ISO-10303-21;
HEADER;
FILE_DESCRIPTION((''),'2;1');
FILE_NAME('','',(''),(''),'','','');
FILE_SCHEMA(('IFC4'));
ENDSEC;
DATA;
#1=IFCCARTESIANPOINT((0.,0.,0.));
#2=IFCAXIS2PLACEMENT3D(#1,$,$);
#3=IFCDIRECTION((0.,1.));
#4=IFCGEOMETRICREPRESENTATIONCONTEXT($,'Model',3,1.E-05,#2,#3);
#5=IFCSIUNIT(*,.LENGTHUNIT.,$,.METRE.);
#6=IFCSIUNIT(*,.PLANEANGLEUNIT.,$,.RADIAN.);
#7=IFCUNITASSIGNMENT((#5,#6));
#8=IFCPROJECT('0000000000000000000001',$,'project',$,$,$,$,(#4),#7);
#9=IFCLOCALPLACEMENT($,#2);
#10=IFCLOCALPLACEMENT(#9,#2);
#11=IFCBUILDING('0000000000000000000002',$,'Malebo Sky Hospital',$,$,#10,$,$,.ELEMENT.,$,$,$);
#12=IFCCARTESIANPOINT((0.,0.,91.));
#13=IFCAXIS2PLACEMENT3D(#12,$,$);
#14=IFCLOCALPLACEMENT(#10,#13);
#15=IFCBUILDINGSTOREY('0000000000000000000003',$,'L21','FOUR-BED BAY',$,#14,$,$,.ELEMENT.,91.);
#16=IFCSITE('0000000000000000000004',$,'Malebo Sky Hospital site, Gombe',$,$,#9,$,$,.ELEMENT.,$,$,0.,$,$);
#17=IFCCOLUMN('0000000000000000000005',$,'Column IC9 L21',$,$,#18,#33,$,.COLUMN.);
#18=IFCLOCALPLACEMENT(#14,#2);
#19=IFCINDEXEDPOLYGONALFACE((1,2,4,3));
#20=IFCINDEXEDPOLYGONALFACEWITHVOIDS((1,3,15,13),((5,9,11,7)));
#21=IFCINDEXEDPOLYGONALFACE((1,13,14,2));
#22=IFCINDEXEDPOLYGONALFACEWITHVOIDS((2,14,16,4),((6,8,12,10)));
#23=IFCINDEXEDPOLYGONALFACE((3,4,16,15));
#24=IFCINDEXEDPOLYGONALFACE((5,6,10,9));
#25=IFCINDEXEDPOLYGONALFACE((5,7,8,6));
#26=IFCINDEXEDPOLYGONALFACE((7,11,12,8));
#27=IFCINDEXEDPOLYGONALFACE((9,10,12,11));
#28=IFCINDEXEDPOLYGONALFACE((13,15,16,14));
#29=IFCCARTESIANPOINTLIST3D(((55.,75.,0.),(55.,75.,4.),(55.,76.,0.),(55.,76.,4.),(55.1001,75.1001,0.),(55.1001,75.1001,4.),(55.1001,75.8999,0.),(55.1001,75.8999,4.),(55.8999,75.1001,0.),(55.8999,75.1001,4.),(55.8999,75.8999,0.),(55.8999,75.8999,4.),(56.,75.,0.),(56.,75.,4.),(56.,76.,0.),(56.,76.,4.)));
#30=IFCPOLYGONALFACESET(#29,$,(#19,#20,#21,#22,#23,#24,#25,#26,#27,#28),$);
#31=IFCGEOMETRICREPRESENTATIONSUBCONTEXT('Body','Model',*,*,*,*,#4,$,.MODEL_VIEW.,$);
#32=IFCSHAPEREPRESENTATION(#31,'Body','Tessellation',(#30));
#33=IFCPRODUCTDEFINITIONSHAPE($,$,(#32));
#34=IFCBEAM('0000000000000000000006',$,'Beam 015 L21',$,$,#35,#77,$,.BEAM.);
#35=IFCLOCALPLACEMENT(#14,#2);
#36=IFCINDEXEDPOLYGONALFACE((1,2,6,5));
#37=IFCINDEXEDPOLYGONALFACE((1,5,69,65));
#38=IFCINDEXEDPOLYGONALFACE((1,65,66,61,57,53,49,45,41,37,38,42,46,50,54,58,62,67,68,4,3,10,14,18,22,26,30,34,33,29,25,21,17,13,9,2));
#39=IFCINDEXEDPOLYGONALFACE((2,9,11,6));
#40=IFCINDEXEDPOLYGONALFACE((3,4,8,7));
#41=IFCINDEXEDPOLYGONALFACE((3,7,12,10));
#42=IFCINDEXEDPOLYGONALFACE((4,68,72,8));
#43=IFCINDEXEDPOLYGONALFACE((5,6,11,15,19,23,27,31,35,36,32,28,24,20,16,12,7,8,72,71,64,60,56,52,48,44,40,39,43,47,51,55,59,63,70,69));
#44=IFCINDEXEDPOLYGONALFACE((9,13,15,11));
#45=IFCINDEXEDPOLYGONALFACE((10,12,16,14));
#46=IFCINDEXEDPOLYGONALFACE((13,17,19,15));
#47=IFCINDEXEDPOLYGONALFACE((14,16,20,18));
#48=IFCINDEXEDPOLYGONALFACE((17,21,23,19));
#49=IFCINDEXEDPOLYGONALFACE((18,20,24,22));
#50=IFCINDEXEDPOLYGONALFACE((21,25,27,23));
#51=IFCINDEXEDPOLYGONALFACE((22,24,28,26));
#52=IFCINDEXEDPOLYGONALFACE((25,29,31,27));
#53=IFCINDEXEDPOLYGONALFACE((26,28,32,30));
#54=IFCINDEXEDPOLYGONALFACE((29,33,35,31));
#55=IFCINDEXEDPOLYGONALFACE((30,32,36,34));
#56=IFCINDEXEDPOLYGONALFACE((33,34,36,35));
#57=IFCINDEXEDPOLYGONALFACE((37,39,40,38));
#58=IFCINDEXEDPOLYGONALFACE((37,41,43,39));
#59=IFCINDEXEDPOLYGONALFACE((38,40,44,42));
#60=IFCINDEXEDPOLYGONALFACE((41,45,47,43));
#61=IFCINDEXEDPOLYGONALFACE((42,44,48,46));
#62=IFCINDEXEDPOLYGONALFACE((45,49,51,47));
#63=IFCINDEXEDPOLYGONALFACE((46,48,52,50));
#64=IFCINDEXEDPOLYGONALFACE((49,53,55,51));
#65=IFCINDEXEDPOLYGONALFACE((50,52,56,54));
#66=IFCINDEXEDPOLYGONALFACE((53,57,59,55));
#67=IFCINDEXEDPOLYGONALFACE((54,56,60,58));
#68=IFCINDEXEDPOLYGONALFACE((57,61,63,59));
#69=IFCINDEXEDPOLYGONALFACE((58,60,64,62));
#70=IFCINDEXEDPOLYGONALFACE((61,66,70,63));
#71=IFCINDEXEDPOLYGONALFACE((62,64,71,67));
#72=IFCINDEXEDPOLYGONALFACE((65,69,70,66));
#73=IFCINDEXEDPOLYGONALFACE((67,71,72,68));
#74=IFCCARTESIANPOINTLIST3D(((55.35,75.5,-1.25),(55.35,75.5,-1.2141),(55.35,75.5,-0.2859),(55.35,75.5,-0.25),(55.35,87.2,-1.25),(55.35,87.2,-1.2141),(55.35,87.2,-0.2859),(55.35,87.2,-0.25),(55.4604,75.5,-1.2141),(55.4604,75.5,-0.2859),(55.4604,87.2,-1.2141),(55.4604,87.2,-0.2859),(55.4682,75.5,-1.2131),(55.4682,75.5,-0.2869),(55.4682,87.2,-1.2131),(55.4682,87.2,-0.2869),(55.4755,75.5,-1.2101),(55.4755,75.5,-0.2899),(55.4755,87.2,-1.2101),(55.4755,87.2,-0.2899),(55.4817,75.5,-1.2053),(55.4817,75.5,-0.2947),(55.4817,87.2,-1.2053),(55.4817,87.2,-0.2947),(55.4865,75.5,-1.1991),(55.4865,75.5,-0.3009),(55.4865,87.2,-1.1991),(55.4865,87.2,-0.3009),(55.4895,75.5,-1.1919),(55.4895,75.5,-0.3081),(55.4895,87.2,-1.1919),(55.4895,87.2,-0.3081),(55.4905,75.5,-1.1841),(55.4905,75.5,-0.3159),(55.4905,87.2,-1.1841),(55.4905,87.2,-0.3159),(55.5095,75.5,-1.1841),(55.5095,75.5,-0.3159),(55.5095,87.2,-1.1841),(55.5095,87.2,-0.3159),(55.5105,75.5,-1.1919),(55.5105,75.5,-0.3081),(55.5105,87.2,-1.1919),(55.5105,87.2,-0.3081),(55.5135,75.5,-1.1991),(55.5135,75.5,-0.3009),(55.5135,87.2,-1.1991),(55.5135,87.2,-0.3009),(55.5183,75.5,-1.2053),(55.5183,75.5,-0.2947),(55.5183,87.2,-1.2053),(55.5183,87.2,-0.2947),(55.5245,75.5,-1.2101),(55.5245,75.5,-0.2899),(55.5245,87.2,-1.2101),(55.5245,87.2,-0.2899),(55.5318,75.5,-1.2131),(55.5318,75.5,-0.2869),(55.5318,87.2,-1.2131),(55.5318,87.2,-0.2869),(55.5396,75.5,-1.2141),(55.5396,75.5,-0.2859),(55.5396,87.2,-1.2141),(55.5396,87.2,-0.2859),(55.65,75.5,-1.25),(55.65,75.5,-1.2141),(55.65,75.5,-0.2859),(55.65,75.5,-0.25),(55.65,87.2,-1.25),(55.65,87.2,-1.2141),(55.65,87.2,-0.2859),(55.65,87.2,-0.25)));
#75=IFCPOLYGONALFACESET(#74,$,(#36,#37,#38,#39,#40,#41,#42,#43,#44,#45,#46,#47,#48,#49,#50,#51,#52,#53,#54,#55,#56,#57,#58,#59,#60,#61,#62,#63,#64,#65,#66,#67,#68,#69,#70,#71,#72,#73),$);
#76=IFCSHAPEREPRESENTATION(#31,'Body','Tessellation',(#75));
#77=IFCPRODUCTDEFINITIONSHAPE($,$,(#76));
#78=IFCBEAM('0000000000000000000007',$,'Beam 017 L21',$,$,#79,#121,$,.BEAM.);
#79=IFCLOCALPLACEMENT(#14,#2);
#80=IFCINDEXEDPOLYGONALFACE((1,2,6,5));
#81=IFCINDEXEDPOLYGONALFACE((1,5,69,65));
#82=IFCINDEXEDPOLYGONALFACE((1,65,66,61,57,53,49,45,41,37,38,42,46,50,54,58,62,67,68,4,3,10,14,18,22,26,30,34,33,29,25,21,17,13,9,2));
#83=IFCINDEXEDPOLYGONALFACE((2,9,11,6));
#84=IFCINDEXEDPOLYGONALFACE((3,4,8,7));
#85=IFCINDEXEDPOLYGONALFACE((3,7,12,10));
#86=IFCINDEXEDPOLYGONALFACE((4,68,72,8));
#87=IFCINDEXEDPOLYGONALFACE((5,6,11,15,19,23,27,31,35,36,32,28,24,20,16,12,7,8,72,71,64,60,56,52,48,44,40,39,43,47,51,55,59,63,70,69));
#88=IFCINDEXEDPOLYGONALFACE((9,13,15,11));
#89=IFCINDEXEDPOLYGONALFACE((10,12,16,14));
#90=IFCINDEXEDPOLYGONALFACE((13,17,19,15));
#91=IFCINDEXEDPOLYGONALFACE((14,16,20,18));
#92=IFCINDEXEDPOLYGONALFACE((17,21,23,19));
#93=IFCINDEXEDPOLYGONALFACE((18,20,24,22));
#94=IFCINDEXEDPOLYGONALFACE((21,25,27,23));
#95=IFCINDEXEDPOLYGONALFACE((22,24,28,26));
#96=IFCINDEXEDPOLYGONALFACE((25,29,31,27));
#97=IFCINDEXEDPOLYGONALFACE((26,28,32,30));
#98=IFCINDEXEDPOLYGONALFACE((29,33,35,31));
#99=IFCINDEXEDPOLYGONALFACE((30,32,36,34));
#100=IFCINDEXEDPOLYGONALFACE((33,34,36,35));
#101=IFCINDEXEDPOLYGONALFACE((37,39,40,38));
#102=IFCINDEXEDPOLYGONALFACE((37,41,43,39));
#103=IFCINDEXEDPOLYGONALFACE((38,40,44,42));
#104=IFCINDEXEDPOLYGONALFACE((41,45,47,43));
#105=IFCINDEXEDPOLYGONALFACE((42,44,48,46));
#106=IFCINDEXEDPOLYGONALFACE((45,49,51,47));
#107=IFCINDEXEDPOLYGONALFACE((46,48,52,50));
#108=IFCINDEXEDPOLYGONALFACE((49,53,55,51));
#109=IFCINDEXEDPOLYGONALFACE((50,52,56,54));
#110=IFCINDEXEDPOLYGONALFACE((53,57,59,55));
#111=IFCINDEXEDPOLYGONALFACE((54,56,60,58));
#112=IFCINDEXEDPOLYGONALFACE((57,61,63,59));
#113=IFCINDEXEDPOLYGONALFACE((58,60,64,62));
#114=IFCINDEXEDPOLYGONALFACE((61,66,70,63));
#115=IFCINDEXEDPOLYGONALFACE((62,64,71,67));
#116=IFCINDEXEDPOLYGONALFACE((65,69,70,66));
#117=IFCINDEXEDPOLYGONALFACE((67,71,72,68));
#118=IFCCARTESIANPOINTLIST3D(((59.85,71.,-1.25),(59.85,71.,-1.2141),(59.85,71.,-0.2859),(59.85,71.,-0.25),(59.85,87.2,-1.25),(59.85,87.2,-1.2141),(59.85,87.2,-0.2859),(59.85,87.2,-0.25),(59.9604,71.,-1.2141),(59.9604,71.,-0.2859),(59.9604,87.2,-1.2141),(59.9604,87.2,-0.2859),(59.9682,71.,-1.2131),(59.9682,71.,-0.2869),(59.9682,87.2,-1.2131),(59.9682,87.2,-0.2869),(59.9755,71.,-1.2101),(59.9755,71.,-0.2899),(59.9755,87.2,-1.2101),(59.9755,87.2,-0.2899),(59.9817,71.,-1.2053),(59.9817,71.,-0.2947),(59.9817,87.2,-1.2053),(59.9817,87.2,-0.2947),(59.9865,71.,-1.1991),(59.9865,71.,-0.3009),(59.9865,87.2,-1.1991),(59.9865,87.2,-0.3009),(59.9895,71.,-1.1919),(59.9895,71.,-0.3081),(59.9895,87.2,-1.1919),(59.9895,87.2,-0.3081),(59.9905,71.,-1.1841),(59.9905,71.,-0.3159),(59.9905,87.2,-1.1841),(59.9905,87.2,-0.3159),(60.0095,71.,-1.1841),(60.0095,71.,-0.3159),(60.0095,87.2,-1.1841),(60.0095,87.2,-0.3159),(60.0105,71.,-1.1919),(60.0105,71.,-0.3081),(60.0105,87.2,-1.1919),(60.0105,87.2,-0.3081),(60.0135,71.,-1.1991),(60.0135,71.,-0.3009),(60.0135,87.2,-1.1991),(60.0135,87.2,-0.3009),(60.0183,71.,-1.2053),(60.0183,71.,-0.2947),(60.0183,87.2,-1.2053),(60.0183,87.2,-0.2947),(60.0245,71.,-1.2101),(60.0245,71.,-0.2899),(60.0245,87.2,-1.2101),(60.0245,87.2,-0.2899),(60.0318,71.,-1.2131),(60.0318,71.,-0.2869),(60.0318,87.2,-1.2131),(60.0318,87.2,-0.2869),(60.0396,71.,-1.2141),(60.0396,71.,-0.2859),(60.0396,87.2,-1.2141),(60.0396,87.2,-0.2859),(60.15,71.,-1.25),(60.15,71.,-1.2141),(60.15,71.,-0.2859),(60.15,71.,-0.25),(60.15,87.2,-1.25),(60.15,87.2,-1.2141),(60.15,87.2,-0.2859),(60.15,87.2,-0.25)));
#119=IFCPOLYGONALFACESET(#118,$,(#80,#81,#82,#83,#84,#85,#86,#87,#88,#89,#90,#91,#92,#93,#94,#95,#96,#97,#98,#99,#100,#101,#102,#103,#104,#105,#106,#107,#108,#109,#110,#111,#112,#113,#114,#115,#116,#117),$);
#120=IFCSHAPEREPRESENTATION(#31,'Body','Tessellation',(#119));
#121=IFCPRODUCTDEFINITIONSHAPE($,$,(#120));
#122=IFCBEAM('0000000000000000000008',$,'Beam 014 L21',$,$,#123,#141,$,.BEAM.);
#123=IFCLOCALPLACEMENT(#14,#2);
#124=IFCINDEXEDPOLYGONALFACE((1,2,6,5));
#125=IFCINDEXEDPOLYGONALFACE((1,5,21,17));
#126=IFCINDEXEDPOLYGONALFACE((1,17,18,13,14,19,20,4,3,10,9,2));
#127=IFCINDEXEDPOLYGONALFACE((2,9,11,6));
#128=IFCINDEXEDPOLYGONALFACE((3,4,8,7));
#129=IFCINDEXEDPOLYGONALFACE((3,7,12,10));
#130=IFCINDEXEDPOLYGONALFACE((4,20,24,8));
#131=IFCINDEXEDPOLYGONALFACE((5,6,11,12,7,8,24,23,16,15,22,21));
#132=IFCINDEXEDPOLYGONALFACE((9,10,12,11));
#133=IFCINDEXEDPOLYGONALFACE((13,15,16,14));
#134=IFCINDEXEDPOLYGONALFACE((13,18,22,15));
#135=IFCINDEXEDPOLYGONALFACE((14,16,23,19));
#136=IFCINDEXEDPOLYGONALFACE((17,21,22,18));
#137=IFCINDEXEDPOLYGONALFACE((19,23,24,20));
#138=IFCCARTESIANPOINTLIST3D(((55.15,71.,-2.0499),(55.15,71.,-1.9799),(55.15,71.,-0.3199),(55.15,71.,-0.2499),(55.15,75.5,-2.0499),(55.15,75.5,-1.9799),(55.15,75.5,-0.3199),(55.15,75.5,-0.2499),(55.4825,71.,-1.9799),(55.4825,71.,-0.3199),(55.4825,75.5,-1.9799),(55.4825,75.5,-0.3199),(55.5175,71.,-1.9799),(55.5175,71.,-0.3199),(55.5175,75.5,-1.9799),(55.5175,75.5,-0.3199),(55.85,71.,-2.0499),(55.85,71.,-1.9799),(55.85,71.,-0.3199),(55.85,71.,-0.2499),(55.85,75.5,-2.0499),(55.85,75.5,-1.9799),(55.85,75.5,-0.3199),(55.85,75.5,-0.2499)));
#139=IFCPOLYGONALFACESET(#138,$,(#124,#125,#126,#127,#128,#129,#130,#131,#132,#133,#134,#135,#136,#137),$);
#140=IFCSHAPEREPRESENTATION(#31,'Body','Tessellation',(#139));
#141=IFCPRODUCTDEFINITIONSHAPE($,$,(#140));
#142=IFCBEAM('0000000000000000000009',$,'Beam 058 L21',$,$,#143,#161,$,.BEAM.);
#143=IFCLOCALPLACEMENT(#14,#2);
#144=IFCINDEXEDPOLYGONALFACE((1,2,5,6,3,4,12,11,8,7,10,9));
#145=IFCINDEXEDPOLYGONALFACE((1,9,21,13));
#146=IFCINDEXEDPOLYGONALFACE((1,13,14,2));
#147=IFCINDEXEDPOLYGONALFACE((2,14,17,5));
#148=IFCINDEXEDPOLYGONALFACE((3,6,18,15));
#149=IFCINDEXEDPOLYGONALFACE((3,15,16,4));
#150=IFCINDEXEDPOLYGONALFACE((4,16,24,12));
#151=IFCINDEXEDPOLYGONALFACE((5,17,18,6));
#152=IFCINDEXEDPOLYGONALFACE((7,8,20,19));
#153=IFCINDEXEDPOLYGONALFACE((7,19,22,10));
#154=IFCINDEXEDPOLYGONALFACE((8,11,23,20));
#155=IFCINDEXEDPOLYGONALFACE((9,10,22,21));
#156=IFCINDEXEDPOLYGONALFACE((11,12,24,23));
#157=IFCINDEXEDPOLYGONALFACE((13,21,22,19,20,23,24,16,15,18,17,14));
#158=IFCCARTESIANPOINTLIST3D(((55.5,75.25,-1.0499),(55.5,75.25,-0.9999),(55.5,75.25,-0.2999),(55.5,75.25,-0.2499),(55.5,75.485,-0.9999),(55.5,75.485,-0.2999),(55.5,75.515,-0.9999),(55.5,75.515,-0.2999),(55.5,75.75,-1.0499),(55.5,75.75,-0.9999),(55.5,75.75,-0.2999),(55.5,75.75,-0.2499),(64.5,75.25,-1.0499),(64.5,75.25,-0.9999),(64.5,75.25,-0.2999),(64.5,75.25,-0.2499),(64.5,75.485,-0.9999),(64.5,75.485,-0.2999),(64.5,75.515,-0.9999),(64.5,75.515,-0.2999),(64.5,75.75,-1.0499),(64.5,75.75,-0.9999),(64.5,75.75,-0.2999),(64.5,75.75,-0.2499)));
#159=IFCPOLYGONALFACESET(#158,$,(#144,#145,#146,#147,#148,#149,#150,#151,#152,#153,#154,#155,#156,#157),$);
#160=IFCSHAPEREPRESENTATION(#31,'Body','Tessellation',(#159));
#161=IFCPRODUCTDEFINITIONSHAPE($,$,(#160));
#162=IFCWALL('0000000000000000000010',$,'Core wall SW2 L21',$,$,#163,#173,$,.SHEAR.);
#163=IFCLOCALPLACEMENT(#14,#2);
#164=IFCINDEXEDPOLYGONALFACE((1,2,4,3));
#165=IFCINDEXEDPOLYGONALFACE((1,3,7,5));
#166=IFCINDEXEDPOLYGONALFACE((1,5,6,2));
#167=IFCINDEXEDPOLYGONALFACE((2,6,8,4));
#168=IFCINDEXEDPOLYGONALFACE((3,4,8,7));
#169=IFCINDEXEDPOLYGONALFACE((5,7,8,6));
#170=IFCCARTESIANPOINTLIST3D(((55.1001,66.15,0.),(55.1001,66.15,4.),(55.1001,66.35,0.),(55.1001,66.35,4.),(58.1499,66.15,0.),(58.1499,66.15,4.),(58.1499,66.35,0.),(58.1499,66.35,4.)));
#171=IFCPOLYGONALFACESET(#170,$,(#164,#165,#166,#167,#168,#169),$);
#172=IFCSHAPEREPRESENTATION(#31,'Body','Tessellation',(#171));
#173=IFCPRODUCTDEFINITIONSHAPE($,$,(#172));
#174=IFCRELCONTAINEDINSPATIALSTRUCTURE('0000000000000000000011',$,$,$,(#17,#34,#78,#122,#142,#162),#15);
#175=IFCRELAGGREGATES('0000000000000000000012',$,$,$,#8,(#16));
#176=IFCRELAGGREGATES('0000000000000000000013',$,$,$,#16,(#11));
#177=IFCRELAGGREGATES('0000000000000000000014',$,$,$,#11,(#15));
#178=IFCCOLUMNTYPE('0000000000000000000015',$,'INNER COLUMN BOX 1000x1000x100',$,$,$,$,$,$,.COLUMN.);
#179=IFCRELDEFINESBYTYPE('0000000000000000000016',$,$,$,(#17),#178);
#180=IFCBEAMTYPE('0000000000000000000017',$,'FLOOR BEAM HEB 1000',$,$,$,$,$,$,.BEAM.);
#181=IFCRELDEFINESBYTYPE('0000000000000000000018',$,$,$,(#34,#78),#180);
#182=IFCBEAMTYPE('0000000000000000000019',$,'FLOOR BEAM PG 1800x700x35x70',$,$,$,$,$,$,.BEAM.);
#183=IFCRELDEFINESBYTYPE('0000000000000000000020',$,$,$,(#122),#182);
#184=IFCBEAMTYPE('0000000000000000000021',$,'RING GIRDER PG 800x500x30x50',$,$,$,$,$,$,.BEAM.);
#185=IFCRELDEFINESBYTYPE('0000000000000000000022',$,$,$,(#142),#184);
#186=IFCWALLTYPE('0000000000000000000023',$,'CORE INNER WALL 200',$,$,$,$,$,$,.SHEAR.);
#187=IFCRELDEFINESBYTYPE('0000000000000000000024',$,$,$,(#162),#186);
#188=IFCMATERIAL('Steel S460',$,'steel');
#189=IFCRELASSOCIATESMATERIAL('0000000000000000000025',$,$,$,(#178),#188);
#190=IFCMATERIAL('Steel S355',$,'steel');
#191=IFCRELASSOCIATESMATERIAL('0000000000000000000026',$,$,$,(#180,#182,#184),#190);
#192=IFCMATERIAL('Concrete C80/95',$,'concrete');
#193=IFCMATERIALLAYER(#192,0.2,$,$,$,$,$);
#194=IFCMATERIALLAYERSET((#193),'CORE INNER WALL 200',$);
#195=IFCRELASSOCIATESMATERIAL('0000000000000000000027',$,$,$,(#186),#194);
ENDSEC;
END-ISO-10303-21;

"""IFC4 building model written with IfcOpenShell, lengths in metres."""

from ifc_helpers import new_model, si_unit, direction, frame, frame_2d, origin, origin_2d, place, context, subcontext, project, spatial, rectangle, hollow_rectangle, i_section, extrude, material, layer, layer_set, material_profile, profile_set, type_object, element, save


model = new_model("IFC4")

# Units and contexts
model_context = context("Model", 3, precision=1e-05, world=origin(), true_north=direction((0.0, 1.0)))
body_context = subcontext(model_context, "Body", "Model", "MODEL_VIEW")
ifc_project = project(units=[si_unit("LENGTHUNIT", "METRE"), si_unit("PLANEANGLEUNIT", "RADIAN")], contexts=[model_context])

# Site, building, storey
site_placement = place(None, origin())
site = spatial("IfcSite", under=ifc_project, at=site_placement, Name="Malebo Sky Hospital site, Gombe", CompositionType="ELEMENT", RefElevation=0.0)
building_placement = place(site_placement, origin())
building = spatial("IfcBuilding", under=site, at=building_placement, Name="Malebo Sky Hospital", CompositionType="ELEMENT")
storey_placement = place(building_placement, frame((0.0, 0.0, 91.0)))
storey = spatial("IfcBuildingStorey", under=building, at=storey_placement, Name="L21", Description="FOUR-BED BAY", CompositionType="ELEMENT", Elevation=91.0)

# Column
ifc_material_1 = material(Name="Steel S460", Category="steel")
ifc_material_profile_1 = material_profile(ifc_material_1, hollow_rectangle(XDim=1.0, YDim=1.0, WallThickness=0.1001, at=origin_2d()), Name="BOX 1000x1000x100")
ifc_profile_set_1 = profile_set([ifc_material_profile_1], Name="Steel S460")
column_type = type_object("IfcColumnType", Name="INNER COLUMN BOX 1000x1000x100", PredefinedType="COLUMN", material=ifc_profile_set_1)
column_placement = place(storey_placement, frame((55.5, 75.5, 0.0), z_axis=(0.0, 0.0, 1.0), x_axis=(1.0, 0.0, 0.0)))
element("IfcColumn", 1, at=column_placement, inside=storey, type_object=column_type, Name="Column IC9 L21", PredefinedType="COLUMN", context=body_context, shape_type="SweptSolid", body=[
    extrude(hollow_rectangle(XDim=1.0, YDim=1.0, WallThickness=0.1001, at=origin_2d()), origin(), (0.0, 0.0, 1.0), 4.0),
])

# Beams
ifc_material_2 = material(Name="Steel S355", Category="steel")
ifc_material_profile_2 = material_profile(ifc_material_2, i_section(OverallWidth=0.3, OverallDepth=1.0, WebThickness=0.019, FlangeThickness=0.0359, FilletRadius=0.03, at=origin_2d()), Name="HEB 1000")
ifc_profile_set_2 = profile_set([ifc_material_profile_2], Name="Steel S355")
beam_type_1 = type_object("IfcBeamType", Name="FLOOR BEAM HEB 1000", PredefinedType="BEAM", material=ifc_profile_set_2)
beam_1_placement = place(storey_placement, frame((55.5, 75.5, -0.75), z_axis=(0.0, 1.0, 0.0), x_axis=(-1.0, 0.0, 0.0)))
element("IfcBeam", 2, at=beam_1_placement, inside=storey, type_object=beam_type_1, Name="Beam 015 L21", PredefinedType="BEAM", context=body_context, shape_type="SweptSolid", body=[
    extrude(i_section(OverallWidth=0.3, OverallDepth=1.0, WebThickness=0.019, FlangeThickness=0.0359, FilletRadius=0.03, at=origin_2d()), origin(), (0.0, 0.0, 1.0), 11.7),
])
beam_2_placement = place(storey_placement, frame((60.0, 71.0, -0.75), z_axis=(0.0, 1.0, 0.0), x_axis=(-1.0, 0.0, 0.0)))
element("IfcBeam", 3, at=beam_2_placement, inside=storey, type_object=beam_type_1, Name="Beam 017 L21", PredefinedType="BEAM", context=body_context, shape_type="SweptSolid", body=[
    extrude(i_section(OverallWidth=0.3, OverallDepth=1.0, WebThickness=0.019, FlangeThickness=0.0359, FilletRadius=0.03, at=origin_2d()), origin(), (0.0, 0.0, 1.0), 16.2),
])
ifc_material_profile_3 = material_profile(ifc_material_2, i_section(OverallWidth=0.7, OverallDepth=1.8, WebThickness=0.0349, FlangeThickness=0.0701, at=origin_2d()), Name="PG 1800x700x35x70")
ifc_profile_set_3 = profile_set([ifc_material_profile_3], Name="Steel S355")
beam_type_2 = type_object("IfcBeamType", Name="FLOOR BEAM PG 1800x700x35x70", PredefinedType="BEAM", material=ifc_profile_set_3)
beam_3_placement = place(storey_placement, frame((55.5, 71.0, -1.1499), z_axis=(0.0, 1.0, 0.0), x_axis=(-1.0, 0.0, 0.0)))
element("IfcBeam", 4, at=beam_3_placement, inside=storey, type_object=beam_type_2, Name="Beam 014 L21", PredefinedType="BEAM", context=body_context, shape_type="SweptSolid", body=[
    extrude(i_section(OverallWidth=0.7, OverallDepth=1.8, WebThickness=0.0349, FlangeThickness=0.0701, at=origin_2d()), origin(), (0.0, 0.0, 1.0), 4.5),
])
ifc_material_profile_4 = material_profile(ifc_material_2, i_section(OverallWidth=0.5, OverallDepth=0.8, WebThickness=0.03, FlangeThickness=0.05, at=origin_2d()), Name="PG 800x500x30x50")
ifc_profile_set_4 = profile_set([ifc_material_profile_4], Name="Steel S355")
beam_type_3 = type_object("IfcBeamType", Name="RING GIRDER PG 800x500x30x50", PredefinedType="BEAM", material=ifc_profile_set_4)
beam_4_placement = place(storey_placement, frame((55.5, 75.5, -0.6499), z_axis=(1.0, 0.0, 0.0), x_axis=(0.0, 1.0, 0.0)))
element("IfcBeam", 5, at=beam_4_placement, inside=storey, type_object=beam_type_3, Name="Beam 058 L21", PredefinedType="BEAM", context=body_context, shape_type="SweptSolid", body=[
    extrude(i_section(OverallWidth=0.5, OverallDepth=0.8, WebThickness=0.03, FlangeThickness=0.05, at=origin_2d()), origin(), (0.0, 0.0, 1.0), 9.0),
])

# Wall
ifc_material_3 = material(Name="Concrete C80/95", Category="concrete")
ifc_layer_1 = layer(ifc_material_3, 0.2)
ifc_layer_set_1 = layer_set([ifc_layer_1], Name="CORE INNER WALL 200")
wall_type_1 = type_object("IfcWallType", Name="CORE INNER WALL 200", PredefinedType="SHEAR", material=ifc_layer_set_1)
wall_1_placement = place(storey_placement, frame((55.1001, 66.25, 0.0), z_axis=(0.0, 0.0, 1.0), x_axis=(1.0, 0.0, 0.0)))
element("IfcWall", 6, at=wall_1_placement, inside=storey, type_object=wall_type_1, Name="Core wall SW2 L21", PredefinedType="SHEAR", context=body_context, shape_type="SweptSolid", body=[
    extrude(rectangle(XDim=3.0498, YDim=0.2, at=frame_2d((1.5249, 0.0))), origin(), (0.0, 0.0, 1.0), 4.0),
])

save(model, "model.ifc")
